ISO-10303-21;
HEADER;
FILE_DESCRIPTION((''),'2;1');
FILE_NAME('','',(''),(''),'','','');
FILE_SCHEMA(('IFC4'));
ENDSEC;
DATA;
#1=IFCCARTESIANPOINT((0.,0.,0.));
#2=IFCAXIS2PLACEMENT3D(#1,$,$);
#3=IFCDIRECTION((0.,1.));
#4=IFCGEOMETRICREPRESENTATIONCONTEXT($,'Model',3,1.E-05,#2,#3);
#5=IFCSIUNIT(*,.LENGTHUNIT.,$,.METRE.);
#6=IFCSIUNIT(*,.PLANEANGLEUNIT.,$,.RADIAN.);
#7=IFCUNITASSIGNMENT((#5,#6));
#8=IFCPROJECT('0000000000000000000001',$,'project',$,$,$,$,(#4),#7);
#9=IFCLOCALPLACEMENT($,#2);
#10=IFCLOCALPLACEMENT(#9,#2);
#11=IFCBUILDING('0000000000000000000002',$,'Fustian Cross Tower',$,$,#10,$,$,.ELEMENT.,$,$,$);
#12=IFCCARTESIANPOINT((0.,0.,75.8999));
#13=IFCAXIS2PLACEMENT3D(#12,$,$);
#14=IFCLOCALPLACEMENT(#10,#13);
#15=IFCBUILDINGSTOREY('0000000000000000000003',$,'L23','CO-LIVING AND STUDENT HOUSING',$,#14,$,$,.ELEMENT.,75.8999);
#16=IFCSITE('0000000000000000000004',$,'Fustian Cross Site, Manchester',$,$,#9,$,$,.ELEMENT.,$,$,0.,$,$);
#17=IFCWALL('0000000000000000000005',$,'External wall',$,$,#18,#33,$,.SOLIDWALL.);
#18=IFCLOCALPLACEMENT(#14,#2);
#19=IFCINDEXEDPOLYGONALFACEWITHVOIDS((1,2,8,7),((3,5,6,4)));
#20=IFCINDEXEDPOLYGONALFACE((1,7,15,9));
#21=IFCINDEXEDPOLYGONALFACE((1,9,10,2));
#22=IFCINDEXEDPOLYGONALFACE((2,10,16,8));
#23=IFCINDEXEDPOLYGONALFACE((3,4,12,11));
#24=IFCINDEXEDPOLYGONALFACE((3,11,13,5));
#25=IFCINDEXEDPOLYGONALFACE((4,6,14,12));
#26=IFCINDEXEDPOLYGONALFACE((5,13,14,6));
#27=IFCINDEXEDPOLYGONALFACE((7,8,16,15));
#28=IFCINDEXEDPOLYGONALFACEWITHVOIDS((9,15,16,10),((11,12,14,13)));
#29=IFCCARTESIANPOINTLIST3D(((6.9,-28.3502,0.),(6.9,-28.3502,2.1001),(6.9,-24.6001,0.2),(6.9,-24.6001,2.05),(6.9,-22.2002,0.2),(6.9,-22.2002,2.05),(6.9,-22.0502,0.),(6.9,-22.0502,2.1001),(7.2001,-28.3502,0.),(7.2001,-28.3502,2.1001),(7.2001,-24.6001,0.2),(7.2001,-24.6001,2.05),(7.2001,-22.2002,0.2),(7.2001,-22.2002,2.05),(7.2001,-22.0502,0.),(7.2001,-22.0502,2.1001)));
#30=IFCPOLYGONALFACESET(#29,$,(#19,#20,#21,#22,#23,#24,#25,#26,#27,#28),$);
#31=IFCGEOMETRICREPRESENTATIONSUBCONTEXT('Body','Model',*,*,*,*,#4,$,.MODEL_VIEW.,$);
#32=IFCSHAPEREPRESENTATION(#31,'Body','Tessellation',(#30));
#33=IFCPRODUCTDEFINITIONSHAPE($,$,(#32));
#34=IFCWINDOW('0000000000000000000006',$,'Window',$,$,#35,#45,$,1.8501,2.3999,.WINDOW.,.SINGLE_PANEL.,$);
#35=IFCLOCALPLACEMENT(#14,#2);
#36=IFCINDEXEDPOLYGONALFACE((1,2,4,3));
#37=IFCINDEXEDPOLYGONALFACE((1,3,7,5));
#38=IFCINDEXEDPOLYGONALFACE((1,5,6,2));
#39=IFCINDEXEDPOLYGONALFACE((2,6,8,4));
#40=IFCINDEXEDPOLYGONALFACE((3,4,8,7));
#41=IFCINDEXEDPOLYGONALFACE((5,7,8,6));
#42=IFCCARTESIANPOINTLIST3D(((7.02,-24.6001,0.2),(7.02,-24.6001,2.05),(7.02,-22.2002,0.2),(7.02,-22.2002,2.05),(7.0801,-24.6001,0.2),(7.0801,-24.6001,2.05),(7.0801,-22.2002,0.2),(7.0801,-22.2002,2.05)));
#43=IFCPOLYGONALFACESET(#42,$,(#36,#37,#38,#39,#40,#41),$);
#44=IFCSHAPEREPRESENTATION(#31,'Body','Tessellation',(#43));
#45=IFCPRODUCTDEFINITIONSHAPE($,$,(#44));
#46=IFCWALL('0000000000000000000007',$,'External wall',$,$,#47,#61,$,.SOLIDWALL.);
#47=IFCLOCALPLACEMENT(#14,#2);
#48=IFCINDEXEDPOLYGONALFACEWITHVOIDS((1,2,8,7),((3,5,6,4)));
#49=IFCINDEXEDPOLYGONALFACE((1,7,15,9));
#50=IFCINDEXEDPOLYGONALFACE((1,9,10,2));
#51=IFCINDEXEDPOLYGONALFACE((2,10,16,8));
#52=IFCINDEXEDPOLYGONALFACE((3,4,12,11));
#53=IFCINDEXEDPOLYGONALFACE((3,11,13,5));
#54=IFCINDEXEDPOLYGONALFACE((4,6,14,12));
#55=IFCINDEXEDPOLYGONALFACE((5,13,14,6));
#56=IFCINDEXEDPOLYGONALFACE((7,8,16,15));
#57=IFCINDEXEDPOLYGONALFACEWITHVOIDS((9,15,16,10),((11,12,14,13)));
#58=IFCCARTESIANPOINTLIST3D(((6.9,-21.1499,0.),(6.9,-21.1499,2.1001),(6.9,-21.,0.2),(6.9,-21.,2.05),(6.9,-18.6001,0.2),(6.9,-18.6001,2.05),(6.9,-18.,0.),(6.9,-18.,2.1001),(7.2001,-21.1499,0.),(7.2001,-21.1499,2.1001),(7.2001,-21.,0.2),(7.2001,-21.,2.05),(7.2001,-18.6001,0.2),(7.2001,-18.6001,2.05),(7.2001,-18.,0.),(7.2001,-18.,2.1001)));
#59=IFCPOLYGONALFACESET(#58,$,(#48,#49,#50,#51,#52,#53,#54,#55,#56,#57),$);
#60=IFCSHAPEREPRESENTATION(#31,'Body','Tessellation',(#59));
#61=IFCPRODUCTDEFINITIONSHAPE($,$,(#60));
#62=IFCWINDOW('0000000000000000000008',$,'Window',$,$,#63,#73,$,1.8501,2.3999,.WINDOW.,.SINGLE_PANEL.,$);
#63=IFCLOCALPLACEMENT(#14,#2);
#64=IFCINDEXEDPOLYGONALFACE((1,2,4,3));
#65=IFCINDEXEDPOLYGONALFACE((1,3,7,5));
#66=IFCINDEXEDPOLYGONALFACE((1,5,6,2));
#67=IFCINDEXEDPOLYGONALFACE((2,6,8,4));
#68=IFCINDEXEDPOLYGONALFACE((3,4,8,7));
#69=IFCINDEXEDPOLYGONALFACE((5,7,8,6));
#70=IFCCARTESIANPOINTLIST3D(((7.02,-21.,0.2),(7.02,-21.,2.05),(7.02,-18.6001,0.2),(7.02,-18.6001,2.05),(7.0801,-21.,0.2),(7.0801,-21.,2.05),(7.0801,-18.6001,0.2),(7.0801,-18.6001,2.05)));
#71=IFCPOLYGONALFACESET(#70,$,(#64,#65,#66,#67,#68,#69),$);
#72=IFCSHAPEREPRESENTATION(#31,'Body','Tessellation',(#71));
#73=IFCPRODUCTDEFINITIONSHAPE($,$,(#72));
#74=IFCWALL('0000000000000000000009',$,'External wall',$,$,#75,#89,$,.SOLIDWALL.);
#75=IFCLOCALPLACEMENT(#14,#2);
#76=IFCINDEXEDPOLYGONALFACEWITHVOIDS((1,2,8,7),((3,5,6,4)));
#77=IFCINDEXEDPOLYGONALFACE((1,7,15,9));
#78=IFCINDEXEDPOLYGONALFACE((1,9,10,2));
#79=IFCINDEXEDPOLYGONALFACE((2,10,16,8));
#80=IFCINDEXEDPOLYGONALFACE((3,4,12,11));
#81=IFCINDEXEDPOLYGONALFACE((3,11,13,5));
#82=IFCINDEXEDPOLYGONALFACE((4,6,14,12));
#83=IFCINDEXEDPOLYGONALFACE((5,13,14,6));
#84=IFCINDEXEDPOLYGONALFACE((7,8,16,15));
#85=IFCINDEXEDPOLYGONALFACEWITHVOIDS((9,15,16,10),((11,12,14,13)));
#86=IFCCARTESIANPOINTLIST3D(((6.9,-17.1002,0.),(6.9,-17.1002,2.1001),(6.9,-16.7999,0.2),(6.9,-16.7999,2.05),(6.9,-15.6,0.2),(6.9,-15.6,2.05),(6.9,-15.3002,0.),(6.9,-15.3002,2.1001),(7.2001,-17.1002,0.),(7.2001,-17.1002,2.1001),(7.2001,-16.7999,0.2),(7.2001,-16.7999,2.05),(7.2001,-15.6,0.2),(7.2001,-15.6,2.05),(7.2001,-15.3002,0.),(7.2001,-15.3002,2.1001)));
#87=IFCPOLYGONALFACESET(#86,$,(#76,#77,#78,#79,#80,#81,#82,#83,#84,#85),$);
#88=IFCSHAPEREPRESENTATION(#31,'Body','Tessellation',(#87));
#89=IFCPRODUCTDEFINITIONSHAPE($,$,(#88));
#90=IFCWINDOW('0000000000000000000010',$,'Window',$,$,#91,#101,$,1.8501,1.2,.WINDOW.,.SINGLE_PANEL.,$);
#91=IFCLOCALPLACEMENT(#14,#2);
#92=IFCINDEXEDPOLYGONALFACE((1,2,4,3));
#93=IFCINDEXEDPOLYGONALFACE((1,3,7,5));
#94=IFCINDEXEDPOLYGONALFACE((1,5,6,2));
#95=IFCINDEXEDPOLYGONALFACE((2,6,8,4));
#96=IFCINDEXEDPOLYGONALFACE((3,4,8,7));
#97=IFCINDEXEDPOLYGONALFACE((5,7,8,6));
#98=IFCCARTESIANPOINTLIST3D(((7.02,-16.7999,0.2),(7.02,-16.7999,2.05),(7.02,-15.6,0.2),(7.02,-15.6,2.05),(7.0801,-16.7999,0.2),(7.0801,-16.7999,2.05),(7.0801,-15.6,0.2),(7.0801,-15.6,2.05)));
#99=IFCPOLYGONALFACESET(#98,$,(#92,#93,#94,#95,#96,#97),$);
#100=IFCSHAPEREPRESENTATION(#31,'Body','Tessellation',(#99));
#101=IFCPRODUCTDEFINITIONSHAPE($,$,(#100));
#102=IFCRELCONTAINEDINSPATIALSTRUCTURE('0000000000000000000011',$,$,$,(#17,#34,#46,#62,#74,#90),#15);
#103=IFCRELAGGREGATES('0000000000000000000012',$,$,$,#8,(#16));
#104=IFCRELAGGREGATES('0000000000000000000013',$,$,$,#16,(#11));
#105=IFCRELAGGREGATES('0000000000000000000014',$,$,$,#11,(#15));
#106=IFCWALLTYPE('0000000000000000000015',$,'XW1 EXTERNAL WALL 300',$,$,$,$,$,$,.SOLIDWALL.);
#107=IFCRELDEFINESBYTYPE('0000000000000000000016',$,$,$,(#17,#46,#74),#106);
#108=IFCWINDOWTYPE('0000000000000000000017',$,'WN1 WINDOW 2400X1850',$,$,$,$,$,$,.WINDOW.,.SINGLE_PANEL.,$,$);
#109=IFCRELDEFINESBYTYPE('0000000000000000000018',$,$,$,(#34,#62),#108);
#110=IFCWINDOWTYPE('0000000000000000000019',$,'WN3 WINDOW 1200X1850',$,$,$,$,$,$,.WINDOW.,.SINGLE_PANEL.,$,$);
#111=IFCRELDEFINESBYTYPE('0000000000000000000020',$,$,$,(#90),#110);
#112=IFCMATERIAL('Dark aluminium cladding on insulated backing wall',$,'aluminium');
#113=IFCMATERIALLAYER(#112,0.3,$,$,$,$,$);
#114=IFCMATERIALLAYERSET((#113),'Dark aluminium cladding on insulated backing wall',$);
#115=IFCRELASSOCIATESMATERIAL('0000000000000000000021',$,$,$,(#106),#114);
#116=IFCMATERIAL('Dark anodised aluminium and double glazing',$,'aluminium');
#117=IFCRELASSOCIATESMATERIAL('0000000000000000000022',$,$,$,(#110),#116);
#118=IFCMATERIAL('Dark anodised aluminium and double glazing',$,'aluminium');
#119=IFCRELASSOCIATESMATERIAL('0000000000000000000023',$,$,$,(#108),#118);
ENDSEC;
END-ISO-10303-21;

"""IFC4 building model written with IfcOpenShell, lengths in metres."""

from ifc_helpers import new_model, si_unit, direction, frame, frame_2d, origin, place, context, subcontext, project, spatial, rectangle, extrude, material, layer, layer_set, type_object, element, fill, save


model = new_model("IFC4")

# Units and contexts
model_context = context("Model", 3, precision=1e-05, world=origin(), true_north=direction((0.0, 1.0)))
body_context = subcontext(model_context, "Body", "Model", "MODEL_VIEW")
ifc_project = project(units=[si_unit("LENGTHUNIT", "METRE"), si_unit("PLANEANGLEUNIT", "RADIAN")], contexts=[model_context])

# Site, building, storey
site_placement = place(None, origin())
site = spatial("IfcSite", under=ifc_project, at=site_placement, Name="Fustian Cross Site, Manchester", CompositionType="ELEMENT", RefElevation=0.0)
building_placement = place(site_placement, origin())
building = spatial("IfcBuilding", under=site, at=building_placement, Name="Fustian Cross Tower", CompositionType="ELEMENT")
storey_placement = place(building_placement, frame((0.0, 0.0, 75.8999)))
storey = spatial("IfcBuildingStorey", under=building, at=storey_placement, Name="L23", Description="CO-LIVING AND STUDENT HOUSING", CompositionType="ELEMENT", Elevation=75.8999)

# Shared definitions
ifc_material_1 = material(Name="Dark aluminium cladding on insulated backing wall", Category="aluminium")
ifc_layer_1 = layer(ifc_material_1, 0.3)
ifc_layer_set_1 = layer_set([ifc_layer_1], Name="Dark aluminium cladding on insulated backing wall")
wall_type_1 = type_object("IfcWallType", Name="XW1 EXTERNAL WALL 300", PredefinedType="SOLIDWALL", material=ifc_layer_set_1)

# Walls, openings, windows
ifc_material_2 = material(Name="Dark anodised aluminium and double glazing", Category="aluminium")
window_type_1 = type_object("IfcWindowType", Name="WN3 WINDOW 1200X1850", PartitioningType="SINGLE_PANEL", PredefinedType="WINDOW", material=ifc_material_2)
ifc_material_3 = material(Name="Dark anodised aluminium and double glazing", Category="aluminium")
window_type_2 = type_object("IfcWindowType", Name="WN1 WINDOW 2400X1850", PartitioningType="SINGLE_PANEL", PredefinedType="WINDOW", material=ifc_material_3)
wall_1_placement = place(storey_placement, frame((7.05, -28.3501, 0.0), z_axis=(0.0, 0.0, 1.0), x_axis=(0.0, 1.0, 0.0)))
wall_1 = element("IfcWall", 1, at=wall_1_placement, inside=storey, type_object=wall_type_1, Name="External wall", PredefinedType="SOLIDWALL", context=body_context, shape_type="SweptSolid", body=[
    extrude(rectangle(XDim=6.3, YDim=0.3, at=frame_2d((3.1499, 0.0))), origin(), (0.0, 0.0, 1.0), 2.1001),
])
opening_1_placement = place(wall_1_placement, frame((3.75, 0.0, 0.2)))
opening_1 = element("IfcOpeningElement", 2, at=opening_1_placement, cuts=wall_1, PredefinedType="OPENING", context=body_context, shape_type="SweptSolid", body=[
    extrude(rectangle(XDim=2.3999, YDim=1.8501, at=frame_2d((1.2, 0.925))), frame((0.0, 0.1599, 0.0), z_axis=(0.0, -1.0, 0.0), x_axis=(1.0, 0.0, 0.0)), (0.0, 0.0, 1.0), 0.3201),
])
window_1_placement = place(opening_1_placement, origin())
window_1 = element("IfcWindow", 3, at=window_1_placement, inside=storey, type_object=window_type_2, Name="Window", OverallHeight=1.8501, OverallWidth=2.3999, PartitioningType="SINGLE_PANEL", PredefinedType="WINDOW", context=body_context, shape_type="SweptSolid", body=[
    extrude(rectangle(XDim=2.3999, YDim=1.8501, at=frame_2d((1.2, 0.925))), frame((0.0, 0.03, 0.0), z_axis=(0.0, -1.0, 0.0), x_axis=(1.0, 0.0, 0.0)), (0.0, 0.0, 1.0), 0.0601),
])
fill(opening_1, window_1)
wall_2_placement = place(storey_placement, frame((7.05, -21.1499, 0.0), z_axis=(0.0, 0.0, 1.0), x_axis=(0.0, 1.0, 0.0)))
wall_2 = element("IfcWall", 4, at=wall_2_placement, inside=storey, type_object=wall_type_1, Name="External wall", PredefinedType="SOLIDWALL", context=body_context, shape_type="SweptSolid", body=[
    extrude(rectangle(XDim=3.1499, YDim=0.3, at=frame_2d((1.575, 0.0))), origin(), (0.0, 0.0, 1.0), 2.1001),
])
opening_2_placement = place(wall_2_placement, frame((0.1499, 0.0, 0.2)))
opening_2 = element("IfcOpeningElement", 5, at=opening_2_placement, cuts=wall_2, PredefinedType="OPENING", context=body_context, shape_type="SweptSolid", body=[
    extrude(rectangle(XDim=2.3999, YDim=1.8501, at=frame_2d((1.2, 0.925))), frame((0.0, 0.1599, 0.0), z_axis=(0.0, -1.0, 0.0), x_axis=(1.0, 0.0, 0.0)), (0.0, 0.0, 1.0), 0.3201),
])
window_2_placement = place(opening_2_placement, origin())
window_2 = element("IfcWindow", 6, at=window_2_placement, inside=storey, type_object=window_type_2, Name="Window", OverallHeight=1.8501, OverallWidth=2.3999, PartitioningType="SINGLE_PANEL", PredefinedType="WINDOW", context=body_context, shape_type="SweptSolid", body=[
    extrude(rectangle(XDim=2.3999, YDim=1.8501, at=frame_2d((1.2, 0.925))), frame((0.0, 0.03, 0.0), z_axis=(0.0, -1.0, 0.0), x_axis=(1.0, 0.0, 0.0)), (0.0, 0.0, 1.0), 0.0601),
])
fill(opening_2, window_2)
wall_3_placement = place(storey_placement, frame((7.05, -17.1001, 0.0), z_axis=(0.0, 0.0, 1.0), x_axis=(0.0, 1.0, 0.0)))
wall_3 = element("IfcWall", 7, at=wall_3_placement, inside=storey, type_object=wall_type_1, Name="External wall", PredefinedType="SOLIDWALL", context=body_context, shape_type="SweptSolid", body=[
    extrude(rectangle(XDim=1.8, YDim=0.3, at=frame_2d((0.8999, 0.0))), origin(), (0.0, 0.0, 1.0), 2.1001),
])
opening_3_placement = place(wall_3_placement, frame((0.3, 0.0, 0.2)))
opening_3 = element("IfcOpeningElement", 8, at=opening_3_placement, cuts=wall_3, PredefinedType="OPENING", context=body_context, shape_type="SweptSolid", body=[
    extrude(rectangle(XDim=1.2, YDim=1.8501, at=frame_2d((0.6001, 0.925))), frame((0.0, 0.1599, 0.0), z_axis=(0.0, -1.0, 0.0), x_axis=(1.0, 0.0, 0.0)), (0.0, 0.0, 1.0), 0.3201),
])
window_3_placement = place(opening_3_placement, origin())
window_3 = element("IfcWindow", 9, at=window_3_placement, inside=storey, type_object=window_type_1, Name="Window", OverallHeight=1.8501, OverallWidth=1.2, PartitioningType="SINGLE_PANEL", PredefinedType="WINDOW", context=body_context, shape_type="SweptSolid", body=[
    extrude(rectangle(XDim=1.2, YDim=1.8501, at=frame_2d((0.6001, 0.925))), frame((0.0, 0.03, 0.0), z_axis=(0.0, -1.0, 0.0), x_axis=(1.0, 0.0, 0.0)), (0.0, 0.0, 1.0), 0.0601),
])
fill(opening_3, window_3)

save(model, "model.ifc")
